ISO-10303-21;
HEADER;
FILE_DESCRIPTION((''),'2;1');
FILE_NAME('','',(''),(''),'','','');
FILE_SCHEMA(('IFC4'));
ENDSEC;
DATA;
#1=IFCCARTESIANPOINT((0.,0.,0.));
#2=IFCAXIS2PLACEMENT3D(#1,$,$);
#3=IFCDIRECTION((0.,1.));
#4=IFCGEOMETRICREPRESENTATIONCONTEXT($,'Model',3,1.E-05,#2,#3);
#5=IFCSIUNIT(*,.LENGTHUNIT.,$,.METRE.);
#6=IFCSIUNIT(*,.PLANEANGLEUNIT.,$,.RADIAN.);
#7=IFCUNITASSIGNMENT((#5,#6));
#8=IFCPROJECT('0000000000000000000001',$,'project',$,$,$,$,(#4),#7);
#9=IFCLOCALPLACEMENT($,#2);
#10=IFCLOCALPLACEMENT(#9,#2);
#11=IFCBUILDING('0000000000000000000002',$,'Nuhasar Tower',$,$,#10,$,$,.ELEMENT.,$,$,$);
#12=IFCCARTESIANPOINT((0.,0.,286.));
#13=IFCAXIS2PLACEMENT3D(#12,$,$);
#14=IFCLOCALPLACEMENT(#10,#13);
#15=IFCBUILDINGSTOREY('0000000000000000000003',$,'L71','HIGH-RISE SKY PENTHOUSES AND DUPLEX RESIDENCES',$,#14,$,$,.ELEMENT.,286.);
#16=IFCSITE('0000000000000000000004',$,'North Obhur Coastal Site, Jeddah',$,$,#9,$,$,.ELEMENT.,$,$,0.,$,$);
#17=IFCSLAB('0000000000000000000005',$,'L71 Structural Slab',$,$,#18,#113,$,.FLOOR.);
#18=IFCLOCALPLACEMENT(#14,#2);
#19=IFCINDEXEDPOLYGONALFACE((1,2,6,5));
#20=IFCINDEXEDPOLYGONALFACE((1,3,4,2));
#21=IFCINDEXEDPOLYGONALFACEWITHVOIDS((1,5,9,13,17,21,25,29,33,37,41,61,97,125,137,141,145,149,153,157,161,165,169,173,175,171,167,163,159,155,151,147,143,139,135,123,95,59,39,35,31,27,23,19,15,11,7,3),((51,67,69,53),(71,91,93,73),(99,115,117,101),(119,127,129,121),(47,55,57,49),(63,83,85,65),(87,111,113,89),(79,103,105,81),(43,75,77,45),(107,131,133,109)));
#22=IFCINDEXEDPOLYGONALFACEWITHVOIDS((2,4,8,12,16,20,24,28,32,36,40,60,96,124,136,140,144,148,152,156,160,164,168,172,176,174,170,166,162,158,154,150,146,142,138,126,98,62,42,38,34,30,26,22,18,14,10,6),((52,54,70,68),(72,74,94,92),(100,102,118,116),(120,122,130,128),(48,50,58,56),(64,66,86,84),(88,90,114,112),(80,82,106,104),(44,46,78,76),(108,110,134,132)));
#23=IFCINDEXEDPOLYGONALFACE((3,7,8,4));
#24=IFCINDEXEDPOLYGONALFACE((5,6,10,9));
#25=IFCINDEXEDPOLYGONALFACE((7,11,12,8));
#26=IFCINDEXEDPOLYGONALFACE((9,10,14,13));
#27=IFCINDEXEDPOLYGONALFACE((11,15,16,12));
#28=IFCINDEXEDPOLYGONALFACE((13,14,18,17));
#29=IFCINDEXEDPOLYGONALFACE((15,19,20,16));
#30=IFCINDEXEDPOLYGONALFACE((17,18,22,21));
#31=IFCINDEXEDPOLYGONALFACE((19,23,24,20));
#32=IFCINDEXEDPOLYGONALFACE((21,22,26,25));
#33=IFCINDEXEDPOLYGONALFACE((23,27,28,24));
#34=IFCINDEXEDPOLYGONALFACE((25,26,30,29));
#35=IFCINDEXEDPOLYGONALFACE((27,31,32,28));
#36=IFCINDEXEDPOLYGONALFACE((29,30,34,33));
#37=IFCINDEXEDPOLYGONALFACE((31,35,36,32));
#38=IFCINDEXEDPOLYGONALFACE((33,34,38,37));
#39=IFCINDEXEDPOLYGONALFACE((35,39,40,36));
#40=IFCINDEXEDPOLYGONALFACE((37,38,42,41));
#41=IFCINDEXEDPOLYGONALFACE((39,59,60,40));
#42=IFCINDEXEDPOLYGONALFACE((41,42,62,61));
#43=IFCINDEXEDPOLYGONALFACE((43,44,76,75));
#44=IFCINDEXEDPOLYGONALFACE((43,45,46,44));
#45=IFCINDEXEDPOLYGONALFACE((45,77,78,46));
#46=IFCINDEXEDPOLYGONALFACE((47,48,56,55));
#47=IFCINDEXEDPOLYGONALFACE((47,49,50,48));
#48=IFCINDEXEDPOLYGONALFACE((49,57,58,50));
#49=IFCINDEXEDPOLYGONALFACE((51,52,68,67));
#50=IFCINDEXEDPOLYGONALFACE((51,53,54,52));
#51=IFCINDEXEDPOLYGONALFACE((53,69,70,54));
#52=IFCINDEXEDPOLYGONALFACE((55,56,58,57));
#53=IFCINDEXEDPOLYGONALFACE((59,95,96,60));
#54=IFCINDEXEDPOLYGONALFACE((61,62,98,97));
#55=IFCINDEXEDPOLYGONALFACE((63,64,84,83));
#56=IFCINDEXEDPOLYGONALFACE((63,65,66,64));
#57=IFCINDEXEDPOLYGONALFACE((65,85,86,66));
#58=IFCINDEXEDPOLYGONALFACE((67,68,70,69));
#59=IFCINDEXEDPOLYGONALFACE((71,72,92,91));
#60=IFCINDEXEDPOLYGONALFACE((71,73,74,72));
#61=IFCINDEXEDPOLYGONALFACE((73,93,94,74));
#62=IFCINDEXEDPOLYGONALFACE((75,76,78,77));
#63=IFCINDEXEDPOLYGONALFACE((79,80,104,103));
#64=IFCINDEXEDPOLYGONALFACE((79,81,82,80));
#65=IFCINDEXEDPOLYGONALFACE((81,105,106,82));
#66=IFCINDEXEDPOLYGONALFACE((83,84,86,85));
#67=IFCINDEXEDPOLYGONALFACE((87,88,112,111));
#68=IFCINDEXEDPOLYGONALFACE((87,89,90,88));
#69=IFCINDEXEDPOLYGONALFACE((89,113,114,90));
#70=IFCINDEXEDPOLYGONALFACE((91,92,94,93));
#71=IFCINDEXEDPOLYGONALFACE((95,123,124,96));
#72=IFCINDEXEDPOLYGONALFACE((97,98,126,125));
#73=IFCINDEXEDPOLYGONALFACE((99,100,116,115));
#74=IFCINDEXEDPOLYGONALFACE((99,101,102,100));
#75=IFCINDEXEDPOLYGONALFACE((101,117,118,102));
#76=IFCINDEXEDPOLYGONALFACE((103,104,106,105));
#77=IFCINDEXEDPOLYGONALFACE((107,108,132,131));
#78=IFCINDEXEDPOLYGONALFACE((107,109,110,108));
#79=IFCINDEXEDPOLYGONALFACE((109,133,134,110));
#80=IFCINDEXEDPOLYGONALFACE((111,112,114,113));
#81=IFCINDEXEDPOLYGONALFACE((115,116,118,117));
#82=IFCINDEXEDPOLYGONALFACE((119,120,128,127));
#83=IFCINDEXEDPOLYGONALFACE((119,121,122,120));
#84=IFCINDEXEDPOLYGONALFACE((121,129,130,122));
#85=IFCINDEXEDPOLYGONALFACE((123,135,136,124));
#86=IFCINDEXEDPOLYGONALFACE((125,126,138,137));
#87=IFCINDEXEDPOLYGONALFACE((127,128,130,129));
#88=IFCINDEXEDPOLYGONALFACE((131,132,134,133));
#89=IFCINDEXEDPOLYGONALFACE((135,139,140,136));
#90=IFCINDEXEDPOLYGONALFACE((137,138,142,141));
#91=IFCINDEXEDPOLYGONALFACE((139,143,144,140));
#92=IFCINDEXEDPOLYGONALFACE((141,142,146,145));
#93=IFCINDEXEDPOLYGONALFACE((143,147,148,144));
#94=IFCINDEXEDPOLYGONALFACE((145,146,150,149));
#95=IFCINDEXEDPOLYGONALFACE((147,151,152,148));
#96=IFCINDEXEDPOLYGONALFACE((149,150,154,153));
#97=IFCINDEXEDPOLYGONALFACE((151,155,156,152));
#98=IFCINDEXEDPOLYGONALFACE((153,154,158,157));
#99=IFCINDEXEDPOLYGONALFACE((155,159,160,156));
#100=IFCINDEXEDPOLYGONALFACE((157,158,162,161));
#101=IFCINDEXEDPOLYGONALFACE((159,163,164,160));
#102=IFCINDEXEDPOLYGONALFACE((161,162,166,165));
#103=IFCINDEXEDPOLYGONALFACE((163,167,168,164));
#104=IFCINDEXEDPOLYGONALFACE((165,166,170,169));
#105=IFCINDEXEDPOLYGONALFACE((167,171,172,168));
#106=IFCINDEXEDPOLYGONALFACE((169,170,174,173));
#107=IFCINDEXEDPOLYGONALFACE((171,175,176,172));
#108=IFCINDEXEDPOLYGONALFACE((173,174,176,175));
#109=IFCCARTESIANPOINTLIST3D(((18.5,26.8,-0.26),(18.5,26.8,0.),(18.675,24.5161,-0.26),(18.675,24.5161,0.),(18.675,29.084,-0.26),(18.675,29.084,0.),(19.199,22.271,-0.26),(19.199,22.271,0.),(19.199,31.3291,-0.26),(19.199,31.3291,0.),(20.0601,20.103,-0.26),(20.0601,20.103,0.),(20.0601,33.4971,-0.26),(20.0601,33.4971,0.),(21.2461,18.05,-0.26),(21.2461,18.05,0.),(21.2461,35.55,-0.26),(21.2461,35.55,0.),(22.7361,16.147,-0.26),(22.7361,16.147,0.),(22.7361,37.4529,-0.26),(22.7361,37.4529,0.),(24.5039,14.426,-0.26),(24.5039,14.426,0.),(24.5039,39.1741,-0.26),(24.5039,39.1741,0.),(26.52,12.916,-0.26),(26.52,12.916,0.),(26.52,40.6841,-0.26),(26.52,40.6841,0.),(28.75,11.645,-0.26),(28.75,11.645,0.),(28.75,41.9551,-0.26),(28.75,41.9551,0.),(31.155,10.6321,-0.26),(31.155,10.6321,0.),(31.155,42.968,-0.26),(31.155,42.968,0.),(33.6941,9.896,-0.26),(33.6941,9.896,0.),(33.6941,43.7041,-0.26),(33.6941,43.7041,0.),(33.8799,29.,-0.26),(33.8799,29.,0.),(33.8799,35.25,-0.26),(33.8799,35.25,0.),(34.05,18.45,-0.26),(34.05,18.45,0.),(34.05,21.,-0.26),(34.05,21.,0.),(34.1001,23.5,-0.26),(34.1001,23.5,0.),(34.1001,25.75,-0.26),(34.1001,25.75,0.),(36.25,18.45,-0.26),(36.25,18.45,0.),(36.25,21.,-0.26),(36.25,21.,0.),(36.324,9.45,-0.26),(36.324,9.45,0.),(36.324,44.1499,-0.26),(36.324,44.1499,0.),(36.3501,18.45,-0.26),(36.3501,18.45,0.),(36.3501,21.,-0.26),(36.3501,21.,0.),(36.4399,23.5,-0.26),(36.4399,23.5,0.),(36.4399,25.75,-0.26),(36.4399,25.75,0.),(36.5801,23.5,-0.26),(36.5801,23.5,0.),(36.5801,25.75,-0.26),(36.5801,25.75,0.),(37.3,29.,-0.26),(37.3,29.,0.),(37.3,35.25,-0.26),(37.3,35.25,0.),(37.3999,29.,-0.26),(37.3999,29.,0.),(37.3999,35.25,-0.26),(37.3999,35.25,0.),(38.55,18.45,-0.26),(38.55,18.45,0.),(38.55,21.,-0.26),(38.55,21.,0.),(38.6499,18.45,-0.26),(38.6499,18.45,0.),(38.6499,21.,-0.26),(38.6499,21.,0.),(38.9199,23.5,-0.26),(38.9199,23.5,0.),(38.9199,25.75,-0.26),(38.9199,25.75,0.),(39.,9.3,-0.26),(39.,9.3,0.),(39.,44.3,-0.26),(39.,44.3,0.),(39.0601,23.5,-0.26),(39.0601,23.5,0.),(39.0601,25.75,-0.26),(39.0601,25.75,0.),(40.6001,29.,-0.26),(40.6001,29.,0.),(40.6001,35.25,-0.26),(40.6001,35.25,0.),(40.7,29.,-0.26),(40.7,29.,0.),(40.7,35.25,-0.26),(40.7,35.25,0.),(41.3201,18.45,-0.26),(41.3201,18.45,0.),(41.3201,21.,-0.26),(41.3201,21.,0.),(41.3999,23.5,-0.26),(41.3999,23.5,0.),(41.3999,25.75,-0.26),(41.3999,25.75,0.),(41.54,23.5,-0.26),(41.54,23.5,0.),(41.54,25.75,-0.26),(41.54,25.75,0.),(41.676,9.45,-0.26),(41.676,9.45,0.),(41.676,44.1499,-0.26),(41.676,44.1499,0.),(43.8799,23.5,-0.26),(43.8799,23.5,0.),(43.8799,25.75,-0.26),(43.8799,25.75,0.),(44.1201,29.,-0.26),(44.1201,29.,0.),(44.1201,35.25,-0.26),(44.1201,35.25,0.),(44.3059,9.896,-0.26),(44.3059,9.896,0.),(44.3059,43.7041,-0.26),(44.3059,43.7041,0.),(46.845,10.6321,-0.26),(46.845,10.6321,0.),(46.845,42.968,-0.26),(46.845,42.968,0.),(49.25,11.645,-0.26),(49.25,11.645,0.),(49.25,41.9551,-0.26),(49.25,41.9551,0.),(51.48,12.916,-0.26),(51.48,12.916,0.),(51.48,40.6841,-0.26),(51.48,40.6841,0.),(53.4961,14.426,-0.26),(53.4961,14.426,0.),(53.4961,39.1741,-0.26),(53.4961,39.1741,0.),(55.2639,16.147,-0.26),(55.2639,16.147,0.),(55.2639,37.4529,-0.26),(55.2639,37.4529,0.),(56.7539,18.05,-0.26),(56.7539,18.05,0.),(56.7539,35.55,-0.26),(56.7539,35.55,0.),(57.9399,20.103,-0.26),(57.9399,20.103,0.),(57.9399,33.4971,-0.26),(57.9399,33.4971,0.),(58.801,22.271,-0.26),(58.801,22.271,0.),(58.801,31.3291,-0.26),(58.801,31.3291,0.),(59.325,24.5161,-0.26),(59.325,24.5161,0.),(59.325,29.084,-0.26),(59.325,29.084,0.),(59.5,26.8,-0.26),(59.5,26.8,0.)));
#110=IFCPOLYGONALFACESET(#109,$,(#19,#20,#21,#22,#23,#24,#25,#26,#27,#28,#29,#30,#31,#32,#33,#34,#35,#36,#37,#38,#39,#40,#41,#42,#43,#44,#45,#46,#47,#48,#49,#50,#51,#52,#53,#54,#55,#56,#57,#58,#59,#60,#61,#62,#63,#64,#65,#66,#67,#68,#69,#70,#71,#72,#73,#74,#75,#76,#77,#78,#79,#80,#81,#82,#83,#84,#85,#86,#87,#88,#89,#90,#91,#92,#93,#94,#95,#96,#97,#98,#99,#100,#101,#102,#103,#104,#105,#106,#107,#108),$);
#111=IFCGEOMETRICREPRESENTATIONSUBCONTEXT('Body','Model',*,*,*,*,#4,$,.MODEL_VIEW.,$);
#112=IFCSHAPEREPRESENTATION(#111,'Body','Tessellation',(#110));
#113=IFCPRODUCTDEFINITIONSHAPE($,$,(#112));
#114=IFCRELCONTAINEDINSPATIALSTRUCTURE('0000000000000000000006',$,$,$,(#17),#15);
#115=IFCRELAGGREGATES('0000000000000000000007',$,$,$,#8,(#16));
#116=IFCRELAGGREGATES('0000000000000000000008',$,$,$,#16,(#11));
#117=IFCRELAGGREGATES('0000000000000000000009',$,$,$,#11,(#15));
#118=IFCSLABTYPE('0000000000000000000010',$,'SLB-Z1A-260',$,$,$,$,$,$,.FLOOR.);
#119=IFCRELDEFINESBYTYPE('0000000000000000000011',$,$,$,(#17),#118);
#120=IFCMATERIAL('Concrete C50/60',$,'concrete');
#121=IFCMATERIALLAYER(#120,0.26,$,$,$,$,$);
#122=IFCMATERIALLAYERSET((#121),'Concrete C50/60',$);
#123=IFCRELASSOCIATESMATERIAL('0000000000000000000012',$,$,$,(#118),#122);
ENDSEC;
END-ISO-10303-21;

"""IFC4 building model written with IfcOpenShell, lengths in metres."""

from ifc_helpers import new_model, si_unit, direction, frame, origin, place, context, subcontext, project, spatial, polyline, outline, extrude, material, layer, layer_set, type_object, element, save


model = new_model("IFC4")

# Units and contexts
model_context = context("Model", 3, precision=1e-05, world=origin(), true_north=direction((0.0, 1.0)))
body_context = subcontext(model_context, "Body", "Model", "MODEL_VIEW")
ifc_project = project(units=[si_unit("LENGTHUNIT", "METRE"), si_unit("PLANEANGLEUNIT", "RADIAN")], contexts=[model_context])

# Site, building, storey
site_placement = place(None, origin())
site = spatial("IfcSite", under=ifc_project, at=site_placement, Name="North Obhur Coastal Site, Jeddah", CompositionType="ELEMENT", RefElevation=0.0)
building_placement = place(site_placement, origin())
building = spatial("IfcBuilding", under=site, at=building_placement, Name="Nuhasar Tower", CompositionType="ELEMENT")
storey_placement = place(building_placement, frame((0.0, 0.0, 286.0)))
storey = spatial("IfcBuildingStorey", under=building, at=storey_placement, Name="L71", Description="HIGH-RISE SKY PENTHOUSES AND DUPLEX RESIDENCES", CompositionType="ELEMENT", Elevation=286.0)

# Shared definitions
ifc_material_1 = material(Name="Concrete C50/60", Category="concrete")

# Slab
ifc_layer_1 = layer(ifc_material_1, 0.26)
ifc_layer_set_1 = layer_set([ifc_layer_1], Name="Concrete C50/60")
slab_type_1 = type_object("IfcSlabType", Name="SLB-Z1A-260", PredefinedType="FLOOR", material=ifc_layer_set_1)
slab_1_placement = place(storey_placement, frame((0.0, 0.0, -0.26)))
element("IfcSlab", 1, at=slab_1_placement, inside=storey, type_object=slab_type_1, Name="L71 Structural Slab", PredefinedType="FLOOR", context=body_context, shape_type="SweptSolid", body=[
    extrude(outline(polyline([(59.5, 26.8), (59.325, 29.084), (58.801, 31.3291), (57.9399, 33.4971), (56.7539, 35.55), (55.2639, 37.4529), (53.4961, 39.1741), (51.48, 40.6841), (49.25, 41.9551), (46.845, 42.968), (44.3059, 43.7041), (41.676, 44.1499), (39.0, 44.3), (36.324, 44.1499), (33.6941, 43.7041), (31.155, 42.968), (28.75, 41.9551), (26.52, 40.6841), (24.5039, 39.1741), (22.7361, 37.4529), (21.2461, 35.55), (20.0601, 33.4971), (19.199, 31.3291), (18.675, 29.084), (18.5, 26.8), (18.675, 24.5161), (19.199, 22.271), (20.0601, 20.103), (21.2461, 18.05), (22.7361, 16.147), (24.5039, 14.426), (26.52, 12.916), (28.75, 11.645), (31.155, 10.6321), (33.6941, 9.896), (36.324, 9.45), (39.0, 9.3), (41.676, 9.45), (44.3059, 9.896), (46.845, 10.6321), (49.25, 11.645), (51.48, 12.916), (53.4961, 14.426), (55.2639, 16.147), (56.7539, 18.05), (57.9399, 20.103), (58.801, 22.271), (59.325, 24.5161), (59.5, 26.8)]), holes=[polyline([(33.8799, 35.25), (37.3, 35.25), (37.3, 29.0), (33.8799, 29.0), (33.8799, 35.25)]), polyline([(37.3999, 35.25), (40.6001, 35.25), (40.6001, 29.0), (37.3999, 29.0), (37.3999, 35.25)]), polyline([(40.7, 35.25), (44.1201, 35.25), (44.1201, 29.0), (40.7, 29.0), (40.7, 35.25)]), polyline([(34.1001, 25.75), (36.4399, 25.75), (36.4399, 23.5), (34.1001, 23.5), (34.1001, 25.75)]), polyline([(36.5801, 25.75), (38.9199, 25.75), (38.9199, 23.5), (36.5801, 23.5), (36.5801, 25.75)]), polyline([(39.0601, 25.75), (41.3999, 25.75), (41.3999, 23.5), (39.0601, 23.5), (39.0601, 25.75)]), polyline([(41.54, 25.75), (43.8799, 25.75), (43.8799, 23.5), (41.54, 23.5), (41.54, 25.75)]), polyline([(34.05, 21.0), (36.25, 21.0), (36.25, 18.45), (34.05, 18.45), (34.05, 21.0)]), polyline([(36.3501, 21.0), (38.55, 21.0), (38.55, 18.45), (36.3501, 18.45), (36.3501, 21.0)]), polyline([(38.6499, 21.0), (41.3201, 21.0), (41.3201, 18.45), (38.6499, 18.45), (38.6499, 21.0)])]), origin(), (0.0, 0.0, 1.0), 0.26),
])

save(model, "model.ifc")
